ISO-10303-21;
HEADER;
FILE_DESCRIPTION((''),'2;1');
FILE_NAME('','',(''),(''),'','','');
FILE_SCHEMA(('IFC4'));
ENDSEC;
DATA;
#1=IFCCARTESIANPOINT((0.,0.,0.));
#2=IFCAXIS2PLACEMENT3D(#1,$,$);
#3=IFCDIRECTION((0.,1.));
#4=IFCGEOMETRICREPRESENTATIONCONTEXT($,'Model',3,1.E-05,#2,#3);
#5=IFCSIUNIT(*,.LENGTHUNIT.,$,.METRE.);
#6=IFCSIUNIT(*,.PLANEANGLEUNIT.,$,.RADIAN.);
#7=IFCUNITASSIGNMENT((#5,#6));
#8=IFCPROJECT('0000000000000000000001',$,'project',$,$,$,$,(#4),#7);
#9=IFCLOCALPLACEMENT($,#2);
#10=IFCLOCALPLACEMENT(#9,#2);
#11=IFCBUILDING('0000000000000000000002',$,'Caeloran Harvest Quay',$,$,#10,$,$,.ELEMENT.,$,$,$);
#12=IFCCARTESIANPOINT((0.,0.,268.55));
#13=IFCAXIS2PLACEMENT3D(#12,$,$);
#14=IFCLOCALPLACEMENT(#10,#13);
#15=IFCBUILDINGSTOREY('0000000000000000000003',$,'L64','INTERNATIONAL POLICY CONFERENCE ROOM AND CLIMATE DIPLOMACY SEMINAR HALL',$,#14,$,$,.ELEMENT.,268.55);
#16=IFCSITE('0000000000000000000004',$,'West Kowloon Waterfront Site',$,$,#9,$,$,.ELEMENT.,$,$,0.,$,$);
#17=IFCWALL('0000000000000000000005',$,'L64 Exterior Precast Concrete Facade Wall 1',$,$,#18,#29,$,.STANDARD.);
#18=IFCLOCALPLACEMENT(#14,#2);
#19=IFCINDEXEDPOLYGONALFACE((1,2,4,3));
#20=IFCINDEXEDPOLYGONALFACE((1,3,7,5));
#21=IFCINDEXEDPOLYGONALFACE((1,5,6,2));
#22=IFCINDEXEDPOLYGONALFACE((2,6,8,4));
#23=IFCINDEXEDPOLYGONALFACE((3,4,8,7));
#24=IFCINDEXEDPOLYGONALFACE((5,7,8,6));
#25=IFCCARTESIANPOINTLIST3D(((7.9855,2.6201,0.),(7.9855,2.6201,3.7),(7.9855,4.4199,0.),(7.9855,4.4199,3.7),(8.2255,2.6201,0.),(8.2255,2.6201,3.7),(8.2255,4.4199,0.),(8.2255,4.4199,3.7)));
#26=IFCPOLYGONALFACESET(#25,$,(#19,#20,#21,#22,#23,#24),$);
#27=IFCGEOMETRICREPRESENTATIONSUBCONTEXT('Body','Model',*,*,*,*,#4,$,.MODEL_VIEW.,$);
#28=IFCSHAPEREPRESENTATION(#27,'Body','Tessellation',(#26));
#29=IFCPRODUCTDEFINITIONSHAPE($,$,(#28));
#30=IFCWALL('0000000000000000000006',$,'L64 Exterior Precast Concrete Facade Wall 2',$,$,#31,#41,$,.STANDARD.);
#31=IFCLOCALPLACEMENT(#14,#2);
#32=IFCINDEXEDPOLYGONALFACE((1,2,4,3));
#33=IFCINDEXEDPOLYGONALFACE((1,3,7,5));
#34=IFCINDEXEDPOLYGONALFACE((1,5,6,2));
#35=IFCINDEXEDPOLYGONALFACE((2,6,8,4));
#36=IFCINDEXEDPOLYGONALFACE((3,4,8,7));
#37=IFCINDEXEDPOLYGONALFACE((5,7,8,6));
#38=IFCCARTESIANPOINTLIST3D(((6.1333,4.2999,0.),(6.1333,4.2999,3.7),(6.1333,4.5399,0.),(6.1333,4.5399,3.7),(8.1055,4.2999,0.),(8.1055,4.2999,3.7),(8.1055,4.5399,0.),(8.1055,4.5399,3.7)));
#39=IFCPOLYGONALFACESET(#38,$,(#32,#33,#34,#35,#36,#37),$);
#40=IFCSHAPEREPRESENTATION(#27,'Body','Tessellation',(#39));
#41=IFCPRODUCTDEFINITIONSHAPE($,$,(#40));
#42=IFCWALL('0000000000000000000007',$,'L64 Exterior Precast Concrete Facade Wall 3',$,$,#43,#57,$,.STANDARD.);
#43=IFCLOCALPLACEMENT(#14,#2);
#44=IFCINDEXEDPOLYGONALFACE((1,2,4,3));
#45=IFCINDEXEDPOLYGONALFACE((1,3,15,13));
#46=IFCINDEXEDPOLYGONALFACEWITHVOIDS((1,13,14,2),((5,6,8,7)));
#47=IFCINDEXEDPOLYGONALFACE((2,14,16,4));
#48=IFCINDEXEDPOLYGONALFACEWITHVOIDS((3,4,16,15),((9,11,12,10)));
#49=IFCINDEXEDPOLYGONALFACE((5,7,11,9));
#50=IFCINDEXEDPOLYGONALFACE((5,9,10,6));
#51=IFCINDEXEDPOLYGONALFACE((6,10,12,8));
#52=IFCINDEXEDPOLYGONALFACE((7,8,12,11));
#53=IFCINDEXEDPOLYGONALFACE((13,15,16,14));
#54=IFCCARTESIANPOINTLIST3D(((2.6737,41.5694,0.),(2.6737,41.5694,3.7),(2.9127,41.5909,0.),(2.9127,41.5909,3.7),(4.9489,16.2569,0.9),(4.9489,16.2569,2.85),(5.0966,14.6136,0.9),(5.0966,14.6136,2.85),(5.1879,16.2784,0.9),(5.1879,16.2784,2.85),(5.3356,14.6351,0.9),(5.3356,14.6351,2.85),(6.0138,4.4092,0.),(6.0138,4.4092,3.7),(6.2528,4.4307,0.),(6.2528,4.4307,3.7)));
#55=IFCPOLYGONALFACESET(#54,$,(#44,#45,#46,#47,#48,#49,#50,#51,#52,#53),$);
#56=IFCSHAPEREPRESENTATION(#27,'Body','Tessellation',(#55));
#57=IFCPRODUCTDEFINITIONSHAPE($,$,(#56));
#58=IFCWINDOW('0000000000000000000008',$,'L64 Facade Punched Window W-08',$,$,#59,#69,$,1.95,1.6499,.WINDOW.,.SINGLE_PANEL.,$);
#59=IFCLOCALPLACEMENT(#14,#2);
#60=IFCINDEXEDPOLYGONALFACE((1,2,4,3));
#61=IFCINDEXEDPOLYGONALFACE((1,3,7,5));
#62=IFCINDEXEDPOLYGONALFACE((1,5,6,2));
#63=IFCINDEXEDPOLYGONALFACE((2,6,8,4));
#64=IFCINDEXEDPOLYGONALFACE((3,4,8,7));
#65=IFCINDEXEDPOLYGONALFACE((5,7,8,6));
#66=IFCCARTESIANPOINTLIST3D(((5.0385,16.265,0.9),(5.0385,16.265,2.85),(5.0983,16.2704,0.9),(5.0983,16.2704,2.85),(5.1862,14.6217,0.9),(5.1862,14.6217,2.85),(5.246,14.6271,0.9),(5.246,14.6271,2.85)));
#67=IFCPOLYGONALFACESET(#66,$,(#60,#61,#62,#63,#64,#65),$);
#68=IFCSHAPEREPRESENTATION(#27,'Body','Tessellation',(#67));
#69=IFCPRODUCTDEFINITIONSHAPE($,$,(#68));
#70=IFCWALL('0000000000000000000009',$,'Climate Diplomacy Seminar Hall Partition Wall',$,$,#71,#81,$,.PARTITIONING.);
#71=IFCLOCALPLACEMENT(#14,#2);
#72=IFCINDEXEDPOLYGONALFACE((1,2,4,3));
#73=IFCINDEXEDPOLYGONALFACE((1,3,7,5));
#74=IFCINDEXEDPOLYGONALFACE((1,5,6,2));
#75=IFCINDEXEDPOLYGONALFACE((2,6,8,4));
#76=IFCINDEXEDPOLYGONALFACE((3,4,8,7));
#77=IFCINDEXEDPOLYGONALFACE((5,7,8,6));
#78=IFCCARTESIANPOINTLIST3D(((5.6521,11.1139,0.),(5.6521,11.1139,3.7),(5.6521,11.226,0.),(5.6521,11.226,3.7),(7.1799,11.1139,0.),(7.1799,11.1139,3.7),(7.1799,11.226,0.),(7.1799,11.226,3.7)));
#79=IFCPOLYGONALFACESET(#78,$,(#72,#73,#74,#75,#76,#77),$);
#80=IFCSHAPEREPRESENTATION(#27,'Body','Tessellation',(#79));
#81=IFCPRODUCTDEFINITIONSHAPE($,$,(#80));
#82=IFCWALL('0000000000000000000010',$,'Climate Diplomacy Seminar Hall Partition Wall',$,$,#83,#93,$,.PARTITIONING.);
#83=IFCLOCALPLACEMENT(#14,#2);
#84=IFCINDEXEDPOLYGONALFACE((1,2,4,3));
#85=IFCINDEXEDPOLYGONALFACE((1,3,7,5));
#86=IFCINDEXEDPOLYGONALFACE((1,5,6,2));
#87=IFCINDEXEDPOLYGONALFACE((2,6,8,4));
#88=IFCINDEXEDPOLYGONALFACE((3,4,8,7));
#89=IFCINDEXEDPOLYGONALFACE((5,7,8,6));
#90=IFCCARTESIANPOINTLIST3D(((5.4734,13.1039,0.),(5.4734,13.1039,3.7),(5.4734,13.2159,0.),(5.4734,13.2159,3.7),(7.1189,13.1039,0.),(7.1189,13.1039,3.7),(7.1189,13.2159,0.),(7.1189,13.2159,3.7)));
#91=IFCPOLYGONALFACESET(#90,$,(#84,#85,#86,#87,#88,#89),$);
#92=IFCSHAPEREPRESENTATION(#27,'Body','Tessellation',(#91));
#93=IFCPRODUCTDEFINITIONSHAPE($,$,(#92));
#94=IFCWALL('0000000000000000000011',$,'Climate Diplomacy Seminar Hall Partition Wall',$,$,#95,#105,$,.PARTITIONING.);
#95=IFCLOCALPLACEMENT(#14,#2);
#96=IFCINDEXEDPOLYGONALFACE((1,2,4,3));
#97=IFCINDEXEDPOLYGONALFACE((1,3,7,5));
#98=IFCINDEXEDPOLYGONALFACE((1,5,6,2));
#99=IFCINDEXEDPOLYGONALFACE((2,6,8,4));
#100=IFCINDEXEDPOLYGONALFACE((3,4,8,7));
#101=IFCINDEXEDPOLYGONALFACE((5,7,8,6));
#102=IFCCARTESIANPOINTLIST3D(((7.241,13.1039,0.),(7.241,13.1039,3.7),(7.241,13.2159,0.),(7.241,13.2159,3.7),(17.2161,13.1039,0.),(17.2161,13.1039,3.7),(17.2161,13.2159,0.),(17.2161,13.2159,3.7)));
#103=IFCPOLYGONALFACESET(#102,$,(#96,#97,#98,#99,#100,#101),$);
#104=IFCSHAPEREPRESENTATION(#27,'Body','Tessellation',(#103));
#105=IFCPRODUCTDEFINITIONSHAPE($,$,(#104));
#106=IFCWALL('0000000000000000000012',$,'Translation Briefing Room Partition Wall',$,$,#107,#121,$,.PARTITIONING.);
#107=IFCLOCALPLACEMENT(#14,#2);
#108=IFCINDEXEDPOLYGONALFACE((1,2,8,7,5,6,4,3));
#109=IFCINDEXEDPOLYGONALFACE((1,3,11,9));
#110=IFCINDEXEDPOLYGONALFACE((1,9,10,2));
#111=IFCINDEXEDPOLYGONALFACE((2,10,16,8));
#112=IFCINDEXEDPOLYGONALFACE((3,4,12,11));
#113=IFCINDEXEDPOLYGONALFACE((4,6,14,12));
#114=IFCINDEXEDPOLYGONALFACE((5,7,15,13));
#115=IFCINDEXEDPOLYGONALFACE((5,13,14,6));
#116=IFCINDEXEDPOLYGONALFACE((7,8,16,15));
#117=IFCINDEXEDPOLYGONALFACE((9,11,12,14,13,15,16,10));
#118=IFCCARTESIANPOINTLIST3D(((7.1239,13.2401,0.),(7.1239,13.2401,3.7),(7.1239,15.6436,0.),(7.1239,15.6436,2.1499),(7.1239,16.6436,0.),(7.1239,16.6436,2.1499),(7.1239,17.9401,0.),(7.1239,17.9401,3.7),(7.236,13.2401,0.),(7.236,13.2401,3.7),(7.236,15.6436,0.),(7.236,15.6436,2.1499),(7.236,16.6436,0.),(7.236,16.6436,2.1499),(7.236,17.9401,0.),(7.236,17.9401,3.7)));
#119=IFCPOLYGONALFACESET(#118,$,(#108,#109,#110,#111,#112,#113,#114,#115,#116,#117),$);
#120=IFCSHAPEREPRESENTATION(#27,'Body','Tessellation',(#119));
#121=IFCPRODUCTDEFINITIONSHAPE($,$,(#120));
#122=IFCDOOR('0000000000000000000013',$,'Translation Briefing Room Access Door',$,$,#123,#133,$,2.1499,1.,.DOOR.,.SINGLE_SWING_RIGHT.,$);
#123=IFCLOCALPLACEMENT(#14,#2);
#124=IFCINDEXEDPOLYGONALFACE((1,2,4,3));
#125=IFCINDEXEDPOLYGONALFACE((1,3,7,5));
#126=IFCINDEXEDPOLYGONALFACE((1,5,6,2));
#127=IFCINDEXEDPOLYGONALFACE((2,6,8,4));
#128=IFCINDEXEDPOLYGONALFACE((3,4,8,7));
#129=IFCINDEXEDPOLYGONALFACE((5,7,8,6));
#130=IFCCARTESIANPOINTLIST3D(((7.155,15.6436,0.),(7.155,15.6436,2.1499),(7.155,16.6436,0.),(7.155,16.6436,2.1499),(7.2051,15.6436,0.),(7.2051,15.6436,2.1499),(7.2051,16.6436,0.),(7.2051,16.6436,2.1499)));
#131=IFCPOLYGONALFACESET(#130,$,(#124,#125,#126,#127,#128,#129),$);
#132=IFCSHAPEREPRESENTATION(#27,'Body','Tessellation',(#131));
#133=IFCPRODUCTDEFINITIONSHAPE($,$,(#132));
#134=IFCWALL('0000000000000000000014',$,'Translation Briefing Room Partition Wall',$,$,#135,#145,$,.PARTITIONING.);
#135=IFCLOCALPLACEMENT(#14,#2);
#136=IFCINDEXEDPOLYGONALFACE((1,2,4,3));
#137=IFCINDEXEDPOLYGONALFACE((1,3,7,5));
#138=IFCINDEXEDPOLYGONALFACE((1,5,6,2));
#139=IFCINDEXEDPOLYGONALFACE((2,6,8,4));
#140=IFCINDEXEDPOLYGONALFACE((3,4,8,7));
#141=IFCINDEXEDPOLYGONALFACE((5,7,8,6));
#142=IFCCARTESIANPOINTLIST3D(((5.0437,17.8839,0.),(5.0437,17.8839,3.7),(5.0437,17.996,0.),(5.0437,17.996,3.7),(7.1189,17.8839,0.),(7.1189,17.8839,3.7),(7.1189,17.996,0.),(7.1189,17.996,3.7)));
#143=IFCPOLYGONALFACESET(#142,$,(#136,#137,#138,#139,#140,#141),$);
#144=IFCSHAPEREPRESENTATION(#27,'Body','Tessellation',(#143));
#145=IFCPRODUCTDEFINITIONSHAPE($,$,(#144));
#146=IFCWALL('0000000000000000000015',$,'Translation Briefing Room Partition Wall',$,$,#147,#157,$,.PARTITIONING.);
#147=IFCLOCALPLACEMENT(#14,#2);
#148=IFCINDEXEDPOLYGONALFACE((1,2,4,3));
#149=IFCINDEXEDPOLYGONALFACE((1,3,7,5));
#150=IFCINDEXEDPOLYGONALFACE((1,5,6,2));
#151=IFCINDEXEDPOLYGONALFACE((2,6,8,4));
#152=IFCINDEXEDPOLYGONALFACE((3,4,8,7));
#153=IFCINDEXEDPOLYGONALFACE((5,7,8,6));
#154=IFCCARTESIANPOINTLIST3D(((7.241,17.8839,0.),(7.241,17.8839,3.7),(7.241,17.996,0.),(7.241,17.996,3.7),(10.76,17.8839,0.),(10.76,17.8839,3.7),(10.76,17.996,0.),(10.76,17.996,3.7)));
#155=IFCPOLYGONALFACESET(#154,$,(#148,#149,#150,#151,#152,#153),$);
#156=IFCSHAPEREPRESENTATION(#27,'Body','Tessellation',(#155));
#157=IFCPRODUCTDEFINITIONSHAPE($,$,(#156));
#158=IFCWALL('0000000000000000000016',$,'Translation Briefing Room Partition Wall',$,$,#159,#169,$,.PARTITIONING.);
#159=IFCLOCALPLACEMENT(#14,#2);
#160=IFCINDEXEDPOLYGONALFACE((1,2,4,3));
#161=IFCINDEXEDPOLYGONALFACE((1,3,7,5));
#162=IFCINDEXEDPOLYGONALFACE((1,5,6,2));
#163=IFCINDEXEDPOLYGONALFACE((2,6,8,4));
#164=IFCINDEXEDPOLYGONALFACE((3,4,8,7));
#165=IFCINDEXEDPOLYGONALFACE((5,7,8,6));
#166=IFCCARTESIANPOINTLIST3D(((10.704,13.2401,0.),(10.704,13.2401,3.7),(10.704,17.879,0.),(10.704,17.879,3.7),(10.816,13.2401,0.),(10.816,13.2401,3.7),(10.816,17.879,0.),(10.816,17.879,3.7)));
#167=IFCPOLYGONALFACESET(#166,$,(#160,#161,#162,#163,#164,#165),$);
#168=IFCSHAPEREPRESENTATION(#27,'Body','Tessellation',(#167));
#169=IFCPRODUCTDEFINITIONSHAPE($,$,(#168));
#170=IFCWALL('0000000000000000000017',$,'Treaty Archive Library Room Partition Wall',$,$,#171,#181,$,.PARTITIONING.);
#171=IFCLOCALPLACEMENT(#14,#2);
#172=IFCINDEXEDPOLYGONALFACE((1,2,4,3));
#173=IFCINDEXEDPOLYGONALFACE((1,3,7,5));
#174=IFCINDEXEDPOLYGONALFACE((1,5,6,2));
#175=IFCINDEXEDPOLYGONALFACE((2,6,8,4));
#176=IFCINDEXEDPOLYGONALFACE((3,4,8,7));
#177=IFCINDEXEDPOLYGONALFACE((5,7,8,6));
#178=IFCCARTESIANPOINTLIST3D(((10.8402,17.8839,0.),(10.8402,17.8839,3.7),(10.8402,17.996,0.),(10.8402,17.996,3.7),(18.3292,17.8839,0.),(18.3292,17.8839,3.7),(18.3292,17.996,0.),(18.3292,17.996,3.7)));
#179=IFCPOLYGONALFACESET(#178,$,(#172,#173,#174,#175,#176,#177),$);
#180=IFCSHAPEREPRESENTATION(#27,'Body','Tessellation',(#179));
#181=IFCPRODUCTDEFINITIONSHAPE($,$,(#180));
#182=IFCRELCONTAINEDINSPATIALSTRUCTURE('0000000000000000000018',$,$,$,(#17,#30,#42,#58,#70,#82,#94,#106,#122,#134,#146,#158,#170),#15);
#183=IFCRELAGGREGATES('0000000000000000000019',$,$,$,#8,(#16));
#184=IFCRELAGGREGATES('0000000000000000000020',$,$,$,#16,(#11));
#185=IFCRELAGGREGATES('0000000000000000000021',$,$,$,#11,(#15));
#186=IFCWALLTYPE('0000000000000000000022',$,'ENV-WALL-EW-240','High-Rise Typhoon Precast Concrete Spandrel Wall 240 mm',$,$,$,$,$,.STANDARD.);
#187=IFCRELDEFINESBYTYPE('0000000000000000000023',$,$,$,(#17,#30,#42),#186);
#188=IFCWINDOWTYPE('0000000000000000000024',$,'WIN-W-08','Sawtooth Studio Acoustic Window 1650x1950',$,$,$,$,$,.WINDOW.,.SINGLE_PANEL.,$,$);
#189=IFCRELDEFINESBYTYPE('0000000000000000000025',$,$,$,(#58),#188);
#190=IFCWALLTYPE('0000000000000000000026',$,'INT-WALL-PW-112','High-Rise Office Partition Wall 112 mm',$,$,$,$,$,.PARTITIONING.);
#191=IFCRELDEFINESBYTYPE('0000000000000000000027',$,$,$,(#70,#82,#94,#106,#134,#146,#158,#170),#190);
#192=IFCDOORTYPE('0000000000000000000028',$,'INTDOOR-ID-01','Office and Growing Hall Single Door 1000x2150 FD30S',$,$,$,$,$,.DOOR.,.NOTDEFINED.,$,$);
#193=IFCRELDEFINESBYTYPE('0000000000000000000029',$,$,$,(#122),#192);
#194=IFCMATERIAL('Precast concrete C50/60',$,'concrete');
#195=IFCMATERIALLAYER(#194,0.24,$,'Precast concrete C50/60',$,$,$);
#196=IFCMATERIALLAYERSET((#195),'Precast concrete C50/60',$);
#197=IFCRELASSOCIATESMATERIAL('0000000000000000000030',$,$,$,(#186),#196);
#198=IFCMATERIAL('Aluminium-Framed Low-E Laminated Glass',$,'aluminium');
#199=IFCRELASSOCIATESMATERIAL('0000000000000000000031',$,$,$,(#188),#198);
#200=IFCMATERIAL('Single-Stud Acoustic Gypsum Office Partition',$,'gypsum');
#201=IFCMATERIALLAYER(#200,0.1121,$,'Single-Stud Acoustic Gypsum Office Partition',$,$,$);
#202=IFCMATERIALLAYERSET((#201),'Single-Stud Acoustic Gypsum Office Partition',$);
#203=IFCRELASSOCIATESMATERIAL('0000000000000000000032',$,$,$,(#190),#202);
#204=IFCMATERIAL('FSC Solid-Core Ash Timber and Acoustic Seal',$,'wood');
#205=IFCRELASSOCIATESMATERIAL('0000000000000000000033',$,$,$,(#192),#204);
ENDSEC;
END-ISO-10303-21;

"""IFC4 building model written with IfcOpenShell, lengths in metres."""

from ifc_helpers import new_model, si_unit, direction, frame, frame_2d, origin, place, context, subcontext, project, spatial, rectangle, extrude, material, layer, layer_set, type_object, element, fill, save


model = new_model("IFC4")

# Units and contexts
model_context = context("Model", 3, precision=1e-05, world=origin(), true_north=direction((0.0, 1.0)))
body_context = subcontext(model_context, "Body", "Model", "MODEL_VIEW")
ifc_project = project(units=[si_unit("LENGTHUNIT", "METRE"), si_unit("PLANEANGLEUNIT", "RADIAN")], contexts=[model_context])

# Site, building, storey
site_placement = place(None, origin())
site = spatial("IfcSite", under=ifc_project, at=site_placement, Name="West Kowloon Waterfront Site", CompositionType="ELEMENT", RefElevation=0.0)
building_placement = place(site_placement, origin())
building = spatial("IfcBuilding", under=site, at=building_placement, Name="Caeloran Harvest Quay", CompositionType="ELEMENT")
storey_placement = place(building_placement, frame((0.0, 0.0, 268.55)))
storey = spatial("IfcBuildingStorey", under=building, at=storey_placement, Name="L64", Description="INTERNATIONAL POLICY CONFERENCE ROOM AND CLIMATE DIPLOMACY SEMINAR HALL", CompositionType="ELEMENT", Elevation=268.55)

# Shared definitions
ifc_material_1 = material(Name="Precast concrete C50/60", Category="concrete")

# Walls
ifc_layer_1 = layer(ifc_material_1, 0.24, Name="Precast concrete C50/60")
ifc_layer_set_1 = layer_set([ifc_layer_1], Name="Precast concrete C50/60")
wall_type_1 = type_object("IfcWallType", Name="ENV-WALL-EW-240", Description="High-Rise Typhoon Precast Concrete Spandrel Wall 240 mm", PredefinedType="STANDARD", material=ifc_layer_set_1)
wall_1_placement = place(storey_placement, frame((8.1055, 2.6201, 0.0), z_axis=(0.0, 0.0, 1.0), x_axis=(0.0, 1.0, 0.0)))
element("IfcWall", 1, at=wall_1_placement, inside=storey, type_object=wall_type_1, Name="L64 Exterior Precast Concrete Facade Wall 1", PredefinedType="STANDARD", context=body_context, shape_type="SweptSolid", body=[
    extrude(rectangle(XDim=1.7998, YDim=0.24, at=frame_2d((0.8999, 0.0))), origin(), (0.0, 0.0, 1.0), 3.7),
])
wall_2_placement = place(storey_placement, frame((8.1055, 4.4199, 0.0), z_axis=(0.0, 0.0, 1.0), x_axis=(-1.0, 0.0, 0.0)))
element("IfcWall", 2, at=wall_2_placement, inside=storey, type_object=wall_type_1, Name="L64 Exterior Precast Concrete Facade Wall 2", PredefinedType="STANDARD", context=body_context, shape_type="SweptSolid", body=[
    extrude(rectangle(XDim=1.9722, YDim=0.24, at=frame_2d((0.9861, 0.0))), origin(), (0.0, 0.0, 1.0), 3.7),
])

# Wall, opening, window
wall_3_placement = place(storey_placement, frame((6.1333, 4.4199, 0.0), z_axis=(0.0, 0.0, 1.0), x_axis=(-0.089523, 0.995985, 0.0)))
wall_3 = element("IfcWall", 3, at=wall_3_placement, inside=storey, type_object=wall_type_1, Name="L64 Exterior Precast Concrete Facade Wall 3", PredefinedType="STANDARD", context=body_context, shape_type="SweptSolid", body=[
    extrude(rectangle(XDim=37.3101, YDim=0.24, at=frame_2d((18.655, 0.0))), origin(), (0.0, 0.0, 1.0), 3.7),
])
opening_1_placement = place(wall_3_placement, frame((10.2456, 0.0, 0.8999)))
opening_1 = element("IfcOpeningElement", 4, at=opening_1_placement, cuts=wall_3, PredefinedType="OPENING", context=body_context, shape_type="SweptSolid", body=[
    extrude(rectangle(XDim=1.6499, YDim=1.95, at=frame_2d((0.825, 0.9751))), frame((0.0, 0.1299, 0.0), z_axis=(0.0, -1.0, 0.0), x_axis=(1.0, 0.0, 0.0)), (0.0, 0.0, 1.0), 0.26),
])
ifc_material_2 = material(Name="Aluminium-Framed Low-E Laminated Glass", Category="aluminium")
window_type = type_object("IfcWindowType", Name="WIN-W-08", Description="Sawtooth Studio Acoustic Window 1650x1950", PartitioningType="SINGLE_PANEL", PredefinedType="WINDOW", material=ifc_material_2)
window_placement = place(opening_1_placement, origin())
window = element("IfcWindow", 5, at=window_placement, inside=storey, type_object=window_type, Name="L64 Facade Punched Window W-08", OverallHeight=1.95, OverallWidth=1.6499, PartitioningType="SINGLE_PANEL", PredefinedType="WINDOW", context=body_context, shape_type="SweptSolid", body=[
    extrude(rectangle(XDim=1.6499, YDim=1.95, at=frame_2d((0.825, 0.9751))), frame((0.0, 0.03, 0.0), z_axis=(0.0, -1.0, 0.0), x_axis=(1.0, 0.0, 0.0)), (0.0, 0.0, 1.0), 0.0601),
])
fill(opening_1, window)

# Wall
ifc_material_3 = material(Name="Single-Stud Acoustic Gypsum Office Partition", Category="gypsum")
ifc_layer_2 = layer(ifc_material_3, 0.1121, Name="Single-Stud Acoustic Gypsum Office Partition")
ifc_layer_set_2 = layer_set([ifc_layer_2], Name="Single-Stud Acoustic Gypsum Office Partition")
wall_type_2 = type_object("IfcWallType", Name="INT-WALL-PW-112", Description="High-Rise Office Partition Wall 112 mm", PredefinedType="PARTITIONING", material=ifc_layer_set_2)
wall_4_placement = place(storey_placement, frame((5.6521, 11.1699, 0.0), z_axis=(0.0, 0.0, 1.0), x_axis=(1.0, 0.0, 0.0)))
element("IfcWall", 6, at=wall_4_placement, inside=storey, type_object=wall_type_2, Name="Climate Diplomacy Seminar Hall Partition Wall", PredefinedType="PARTITIONING", context=body_context, shape_type="SweptSolid", body=[
    extrude(rectangle(XDim=1.5278, YDim=0.1121, at=frame_2d((0.7639, 0.0))), origin(), (0.0, 0.0, 1.0), 3.7),
])

# Shared definitions
ifc_material_4 = material(Name="FSC Solid-Core Ash Timber and Acoustic Seal", Category="wood")
door_type = type_object("IfcDoorType", Name="INTDOOR-ID-01", Description="Office and Growing Hall Single Door 1000x2150 FD30S", OperationType="NOTDEFINED", PredefinedType="DOOR", material=ifc_material_4)

# Walls
wall_5_placement = place(storey_placement, frame((5.4734, 13.1599, 0.0), z_axis=(0.0, 0.0, 1.0), x_axis=(1.0, 0.0, 0.0)))
element("IfcWall", 7, at=wall_5_placement, inside=storey, type_object=wall_type_2, Name="Climate Diplomacy Seminar Hall Partition Wall", PredefinedType="PARTITIONING", context=body_context, shape_type="SweptSolid", body=[
    extrude(rectangle(XDim=1.6455, YDim=0.1121, at=frame_2d((0.8228, 0.0))), origin(), (0.0, 0.0, 1.0), 3.7),
])
wall_6_placement = place(storey_placement, frame((7.241, 13.1599, 0.0), z_axis=(0.0, 0.0, 1.0), x_axis=(1.0, 0.0, 0.0)))
element("IfcWall", 8, at=wall_6_placement, inside=storey, type_object=wall_type_2, Name="Climate Diplomacy Seminar Hall Partition Wall", PredefinedType="PARTITIONING", context=body_context, shape_type="SweptSolid", body=[
    extrude(rectangle(XDim=9.9751, YDim=0.1121, at=frame_2d((4.9875, 0.0))), origin(), (0.0, 0.0, 1.0), 3.7),
])

# Wall, opening, door
wall_7_placement = place(storey_placement, frame((7.1799, 13.24, 0.0), z_axis=(0.0, 0.0, 1.0), x_axis=(0.0, 1.0, 0.0)))
wall_7 = element("IfcWall", 9, at=wall_7_placement, inside=storey, type_object=wall_type_2, Name="Translation Briefing Room Partition Wall", PredefinedType="PARTITIONING", context=body_context, shape_type="SweptSolid", body=[
    extrude(rectangle(XDim=4.7, YDim=0.1121, at=frame_2d((2.3501, 0.0))), origin(), (0.0, 0.0, 1.0), 3.7),
])
opening_2_placement = place(wall_7_placement, frame((2.4036, 0.0, 0.0)))
opening_2 = element("IfcOpeningElement", 10, at=opening_2_placement, cuts=wall_7, PredefinedType="OPENING", context=body_context, shape_type="SweptSolid", body=[
    extrude(rectangle(XDim=1.0, YDim=2.1499, at=frame_2d((0.5, 1.075))), frame((0.0, 0.0659, 0.0), z_axis=(0.0, -1.0, 0.0), x_axis=(1.0, 0.0, 0.0)), (0.0, 0.0, 1.0), 0.1321),
])
door_1_placement = place(opening_2_placement, origin())
door_1 = element("IfcDoor", 11, at=door_1_placement, inside=storey, type_object=door_type, Name="Translation Briefing Room Access Door", OperationType="SINGLE_SWING_RIGHT", OverallHeight=2.1499, OverallWidth=1.0, PredefinedType="DOOR", context=body_context, shape_type="SweptSolid", body=[
    extrude(rectangle(XDim=1.0, YDim=2.1499, at=frame_2d((0.5, 1.075))), frame((0.0, 0.0249, 0.0), z_axis=(0.0, -1.0, 0.0), x_axis=(1.0, 0.0, 0.0)), (0.0, 0.0, 1.0), 0.05),
])
fill(opening_2, door_1)

# Walls
wall_8_placement = place(storey_placement, frame((5.0437, 17.9399, 0.0), z_axis=(0.0, 0.0, 1.0), x_axis=(1.0, 0.0, 0.0)))
element("IfcWall", 12, at=wall_8_placement, inside=storey, type_object=wall_type_2, Name="Translation Briefing Room Partition Wall", PredefinedType="PARTITIONING", context=body_context, shape_type="SweptSolid", body=[
    extrude(rectangle(XDim=2.0752, YDim=0.1121, at=frame_2d((1.0376, 0.0))), origin(), (0.0, 0.0, 1.0), 3.7),
])
wall_9_placement = place(storey_placement, frame((7.241, 17.9399, 0.0), z_axis=(0.0, 0.0, 1.0), x_axis=(1.0, 0.0, 0.0)))
element("IfcWall", 13, at=wall_9_placement, inside=storey, type_object=wall_type_2, Name="Translation Briefing Room Partition Wall", PredefinedType="PARTITIONING", context=body_context, shape_type="SweptSolid", body=[
    extrude(rectangle(XDim=3.519, YDim=0.1121, at=frame_2d((1.7595, 0.0))), origin(), (0.0, 0.0, 1.0), 3.7),
])
wall_10_placement = place(storey_placement, frame((10.76, 17.8789, 0.0), z_axis=(0.0, 0.0, 1.0), x_axis=(0.0, -1.0, 0.0)))
element("IfcWall", 14, at=wall_10_placement, inside=storey, type_object=wall_type_2, Name="Translation Briefing Room Partition Wall", PredefinedType="PARTITIONING", context=body_context, shape_type="SweptSolid", body=[
    extrude(rectangle(XDim=4.6389, YDim=0.1121, at=frame_2d((2.3193, 0.0))), origin(), (0.0, 0.0, 1.0), 3.7),
])
wall_11_placement = place(storey_placement, frame((10.8401, 17.9399, 0.0), z_axis=(0.0, 0.0, 1.0), x_axis=(1.0, 0.0, 0.0)))
element("IfcWall", 15, at=wall_11_placement, inside=storey, type_object=wall_type_2, Name="Treaty Archive Library Room Partition Wall", PredefinedType="PARTITIONING", context=body_context, shape_type="SweptSolid", body=[
    extrude(rectangle(XDim=7.489, YDim=0.1121, at=frame_2d((3.7446, 0.0))), origin(), (0.0, 0.0, 1.0), 3.7),
])

save(model, "model.ifc")
